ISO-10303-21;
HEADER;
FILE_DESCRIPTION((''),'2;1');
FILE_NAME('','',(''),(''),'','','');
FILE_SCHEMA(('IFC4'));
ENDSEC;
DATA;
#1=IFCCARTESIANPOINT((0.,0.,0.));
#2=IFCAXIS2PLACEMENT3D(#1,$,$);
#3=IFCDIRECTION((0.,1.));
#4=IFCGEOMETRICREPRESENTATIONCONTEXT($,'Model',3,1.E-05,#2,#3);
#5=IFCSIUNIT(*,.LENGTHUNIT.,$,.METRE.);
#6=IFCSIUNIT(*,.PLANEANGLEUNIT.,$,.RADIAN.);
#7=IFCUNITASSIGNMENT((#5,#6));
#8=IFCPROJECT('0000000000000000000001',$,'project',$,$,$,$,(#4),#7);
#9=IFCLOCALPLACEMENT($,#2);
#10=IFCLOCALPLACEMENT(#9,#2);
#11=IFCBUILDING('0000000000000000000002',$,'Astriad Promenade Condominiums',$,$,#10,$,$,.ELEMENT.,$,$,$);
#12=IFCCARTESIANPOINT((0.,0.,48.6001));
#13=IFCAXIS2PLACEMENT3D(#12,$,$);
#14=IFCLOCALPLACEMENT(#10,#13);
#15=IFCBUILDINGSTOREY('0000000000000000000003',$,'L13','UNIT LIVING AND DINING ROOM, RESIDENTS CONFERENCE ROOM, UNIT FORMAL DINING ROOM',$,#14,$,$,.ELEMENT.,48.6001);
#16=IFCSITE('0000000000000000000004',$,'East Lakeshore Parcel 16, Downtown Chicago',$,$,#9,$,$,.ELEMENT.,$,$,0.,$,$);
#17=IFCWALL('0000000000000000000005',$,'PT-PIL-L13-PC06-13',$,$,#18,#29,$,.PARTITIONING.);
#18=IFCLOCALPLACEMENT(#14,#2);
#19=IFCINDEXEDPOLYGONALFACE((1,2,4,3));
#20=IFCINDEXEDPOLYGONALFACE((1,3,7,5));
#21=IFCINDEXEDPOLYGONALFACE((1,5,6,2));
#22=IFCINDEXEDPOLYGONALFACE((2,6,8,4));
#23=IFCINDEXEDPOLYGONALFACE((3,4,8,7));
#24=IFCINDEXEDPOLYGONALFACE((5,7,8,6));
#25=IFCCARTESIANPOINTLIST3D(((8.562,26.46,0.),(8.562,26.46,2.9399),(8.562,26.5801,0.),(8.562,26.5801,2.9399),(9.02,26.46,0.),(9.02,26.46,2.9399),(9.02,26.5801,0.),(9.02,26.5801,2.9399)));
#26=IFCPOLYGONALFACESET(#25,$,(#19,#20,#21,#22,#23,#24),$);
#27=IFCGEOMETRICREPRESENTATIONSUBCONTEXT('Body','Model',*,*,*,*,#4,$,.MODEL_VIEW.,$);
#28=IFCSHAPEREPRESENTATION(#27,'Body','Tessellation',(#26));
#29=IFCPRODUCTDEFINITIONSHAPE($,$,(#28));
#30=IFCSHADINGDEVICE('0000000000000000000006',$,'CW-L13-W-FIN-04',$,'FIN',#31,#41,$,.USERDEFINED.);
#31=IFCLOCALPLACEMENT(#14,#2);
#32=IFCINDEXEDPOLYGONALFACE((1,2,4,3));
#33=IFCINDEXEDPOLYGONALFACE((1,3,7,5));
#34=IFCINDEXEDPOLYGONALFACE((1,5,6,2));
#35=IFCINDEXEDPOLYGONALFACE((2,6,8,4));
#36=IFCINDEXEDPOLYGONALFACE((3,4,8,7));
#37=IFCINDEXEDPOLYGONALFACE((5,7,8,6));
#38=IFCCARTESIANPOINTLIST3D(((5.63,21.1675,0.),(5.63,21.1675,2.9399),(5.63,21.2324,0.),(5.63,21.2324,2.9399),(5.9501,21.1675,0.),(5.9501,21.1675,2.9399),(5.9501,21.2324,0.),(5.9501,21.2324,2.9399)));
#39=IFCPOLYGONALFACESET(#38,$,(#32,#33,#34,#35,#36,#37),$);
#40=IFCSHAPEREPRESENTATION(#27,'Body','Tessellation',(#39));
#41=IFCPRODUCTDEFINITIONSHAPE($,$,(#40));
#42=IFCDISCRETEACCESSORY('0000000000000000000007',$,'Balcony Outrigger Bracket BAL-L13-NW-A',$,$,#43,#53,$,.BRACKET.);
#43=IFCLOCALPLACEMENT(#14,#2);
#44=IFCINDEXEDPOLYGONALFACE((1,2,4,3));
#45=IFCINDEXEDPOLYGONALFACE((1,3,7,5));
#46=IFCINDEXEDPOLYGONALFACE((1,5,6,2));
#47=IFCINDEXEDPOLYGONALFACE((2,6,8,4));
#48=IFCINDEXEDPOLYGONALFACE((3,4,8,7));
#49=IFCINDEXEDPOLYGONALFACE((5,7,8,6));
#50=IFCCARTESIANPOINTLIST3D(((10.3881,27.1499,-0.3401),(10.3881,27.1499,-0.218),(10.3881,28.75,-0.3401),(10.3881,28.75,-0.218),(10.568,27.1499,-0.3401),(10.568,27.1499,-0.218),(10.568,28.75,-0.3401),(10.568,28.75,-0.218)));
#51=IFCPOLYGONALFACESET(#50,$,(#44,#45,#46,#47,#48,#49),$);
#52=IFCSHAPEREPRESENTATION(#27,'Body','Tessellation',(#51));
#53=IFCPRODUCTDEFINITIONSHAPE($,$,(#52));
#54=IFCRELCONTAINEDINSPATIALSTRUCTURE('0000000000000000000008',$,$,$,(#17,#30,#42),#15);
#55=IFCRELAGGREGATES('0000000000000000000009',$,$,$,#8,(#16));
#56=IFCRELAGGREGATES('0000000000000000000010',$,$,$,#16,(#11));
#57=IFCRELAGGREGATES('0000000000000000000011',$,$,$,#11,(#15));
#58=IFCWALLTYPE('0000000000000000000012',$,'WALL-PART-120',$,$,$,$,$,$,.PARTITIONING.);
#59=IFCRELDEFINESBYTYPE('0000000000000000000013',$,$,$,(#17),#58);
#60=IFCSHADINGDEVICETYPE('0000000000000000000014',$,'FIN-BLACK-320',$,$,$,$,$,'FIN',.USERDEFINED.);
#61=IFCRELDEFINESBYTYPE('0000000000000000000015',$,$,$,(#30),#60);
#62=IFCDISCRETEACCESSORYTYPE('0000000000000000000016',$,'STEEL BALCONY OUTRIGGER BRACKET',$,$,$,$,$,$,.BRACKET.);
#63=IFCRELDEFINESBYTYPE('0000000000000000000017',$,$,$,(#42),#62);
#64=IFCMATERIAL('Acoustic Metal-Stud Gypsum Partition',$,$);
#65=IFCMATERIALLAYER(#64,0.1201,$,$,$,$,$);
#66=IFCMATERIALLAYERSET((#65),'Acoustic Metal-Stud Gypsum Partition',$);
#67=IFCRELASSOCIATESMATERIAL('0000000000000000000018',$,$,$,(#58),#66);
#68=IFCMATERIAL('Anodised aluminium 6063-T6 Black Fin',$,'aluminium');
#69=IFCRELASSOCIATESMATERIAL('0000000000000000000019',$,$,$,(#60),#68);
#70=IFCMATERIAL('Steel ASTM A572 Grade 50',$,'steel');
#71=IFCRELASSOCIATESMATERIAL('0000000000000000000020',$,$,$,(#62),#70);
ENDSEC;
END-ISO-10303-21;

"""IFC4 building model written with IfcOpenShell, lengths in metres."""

from ifc_helpers import new_model, si_unit, direction, frame, frame_2d, origin, origin_2d, place, context, subcontext, project, spatial, rectangle, extrude, source, transform, mapped, material, layer, layer_set, type_object, type_shapes, element, save


model = new_model("IFC4")

# Units and contexts
model_context = context("Model", 3, precision=1e-05, world=origin(), true_north=direction((0.0, 1.0)))
body_context = subcontext(model_context, "Body", "Model", "MODEL_VIEW")
ifc_project = project(units=[si_unit("LENGTHUNIT", "METRE"), si_unit("PLANEANGLEUNIT", "RADIAN")], contexts=[model_context])

# Site, building, storey
site_placement = place(None, origin())
site = spatial("IfcSite", under=ifc_project, at=site_placement, Name="East Lakeshore Parcel 16, Downtown Chicago", CompositionType="ELEMENT", RefElevation=0.0)
building_placement = place(site_placement, origin())
building = spatial("IfcBuilding", under=site, at=building_placement, Name="Astriad Promenade Condominiums", CompositionType="ELEMENT")
storey_placement = place(building_placement, frame((0.0, 0.0, 48.6001)))
storey = spatial("IfcBuildingStorey", under=building, at=storey_placement, Name="L13", Description="UNIT LIVING AND DINING ROOM, RESIDENTS CONFERENCE ROOM, UNIT FORMAL DINING ROOM", CompositionType="ELEMENT", Elevation=48.6001)

# Shared definitions
ifc_material_1 = material(Name="Acoustic Metal-Stud Gypsum Partition")
ifc_layer_1 = layer(ifc_material_1, 0.1201)
ifc_layer_set_1 = layer_set([ifc_layer_1], Name="Acoustic Metal-Stud Gypsum Partition")
wall_type_1 = type_object("IfcWallType", Name="WALL-PART-120", PredefinedType="PARTITIONING", material=ifc_layer_set_1)

# Wall
wall_1_placement = place(storey_placement, frame((9.02, 26.52, 0.0), z_axis=(0.0, 0.0, 1.0), x_axis=(-1.0, 0.0, 0.0)))
element("IfcWall", 1, at=wall_1_placement, inside=storey, type_object=wall_type_1, Name="PT-PIL-L13-PC06-13", PredefinedType="PARTITIONING", context=body_context, shape_type="SweptSolid", body=[
    extrude(rectangle(XDim=0.458, YDim=0.1201, at=frame_2d((0.229, 0.0))), origin(), (0.0, 0.0, 1.0), 2.9399),
])

# Shading device
ifc_material_2 = material(Name="Anodised aluminium 6063-T6 Black Fin", Category="aluminium")
shading_device_type = type_object("IfcShadingDeviceType", Name="FIN-BLACK-320", ElementType="FIN", PredefinedType="USERDEFINED", material=ifc_material_2)
shared_shape_1 = source(origin(), body_context, "Body", "SweptSolid", [
    extrude(rectangle(XDim=0.0649, YDim=0.3201, at=origin_2d()), origin(), (0.0, 0.0, 1.0), 2.9399),
])
type_shapes(shading_device_type, [shared_shape_1])
shading_device_placement = place(storey_placement, frame((5.79, 21.2, 0.0), z_axis=(0.0, 0.0, 1.0), x_axis=(0.0, 1.0, 0.0)))
element("IfcShadingDevice", 2, at=shading_device_placement, inside=storey, type_object=shading_device_type, Name="CW-L13-W-FIN-04", ObjectType="FIN", PredefinedType="USERDEFINED", context=body_context, shape_type="MappedRepresentation", body=[
    mapped(shared_shape_1, transform((0.0, 0.0, 0.0), scale=1.0)),
])

# Discrete accessory
ifc_material_3 = material(Name="Steel ASTM A572 Grade 50", Category="steel")
discrete_accessory_type = type_object("IfcDiscreteAccessoryType", Name="STEEL BALCONY OUTRIGGER BRACKET", PredefinedType="BRACKET", material=ifc_material_3)
shared_shape_2 = source(origin(), body_context, "Body", "SweptSolid", [
    extrude(rectangle(XDim=1.6001, YDim=0.1799, at=origin_2d()), origin(), (0.0, 0.0, 1.0), 0.1221),
])
type_shapes(discrete_accessory_type, [shared_shape_2])
discrete_accessory_placement = place(storey_placement, frame((10.478, 27.95, -0.3401), z_axis=(0.0, 0.0, 1.0), x_axis=(0.0, 1.0, 0.0)))
element("IfcDiscreteAccessory", 3, at=discrete_accessory_placement, inside=storey, type_object=discrete_accessory_type, Name="Balcony Outrigger Bracket BAL-L13-NW-A", PredefinedType="BRACKET", context=body_context, shape_type="MappedRepresentation", body=[
    mapped(shared_shape_2, transform((0.0, 0.0, 0.0), scale=1.0)),
])

save(model, "model.ifc")
